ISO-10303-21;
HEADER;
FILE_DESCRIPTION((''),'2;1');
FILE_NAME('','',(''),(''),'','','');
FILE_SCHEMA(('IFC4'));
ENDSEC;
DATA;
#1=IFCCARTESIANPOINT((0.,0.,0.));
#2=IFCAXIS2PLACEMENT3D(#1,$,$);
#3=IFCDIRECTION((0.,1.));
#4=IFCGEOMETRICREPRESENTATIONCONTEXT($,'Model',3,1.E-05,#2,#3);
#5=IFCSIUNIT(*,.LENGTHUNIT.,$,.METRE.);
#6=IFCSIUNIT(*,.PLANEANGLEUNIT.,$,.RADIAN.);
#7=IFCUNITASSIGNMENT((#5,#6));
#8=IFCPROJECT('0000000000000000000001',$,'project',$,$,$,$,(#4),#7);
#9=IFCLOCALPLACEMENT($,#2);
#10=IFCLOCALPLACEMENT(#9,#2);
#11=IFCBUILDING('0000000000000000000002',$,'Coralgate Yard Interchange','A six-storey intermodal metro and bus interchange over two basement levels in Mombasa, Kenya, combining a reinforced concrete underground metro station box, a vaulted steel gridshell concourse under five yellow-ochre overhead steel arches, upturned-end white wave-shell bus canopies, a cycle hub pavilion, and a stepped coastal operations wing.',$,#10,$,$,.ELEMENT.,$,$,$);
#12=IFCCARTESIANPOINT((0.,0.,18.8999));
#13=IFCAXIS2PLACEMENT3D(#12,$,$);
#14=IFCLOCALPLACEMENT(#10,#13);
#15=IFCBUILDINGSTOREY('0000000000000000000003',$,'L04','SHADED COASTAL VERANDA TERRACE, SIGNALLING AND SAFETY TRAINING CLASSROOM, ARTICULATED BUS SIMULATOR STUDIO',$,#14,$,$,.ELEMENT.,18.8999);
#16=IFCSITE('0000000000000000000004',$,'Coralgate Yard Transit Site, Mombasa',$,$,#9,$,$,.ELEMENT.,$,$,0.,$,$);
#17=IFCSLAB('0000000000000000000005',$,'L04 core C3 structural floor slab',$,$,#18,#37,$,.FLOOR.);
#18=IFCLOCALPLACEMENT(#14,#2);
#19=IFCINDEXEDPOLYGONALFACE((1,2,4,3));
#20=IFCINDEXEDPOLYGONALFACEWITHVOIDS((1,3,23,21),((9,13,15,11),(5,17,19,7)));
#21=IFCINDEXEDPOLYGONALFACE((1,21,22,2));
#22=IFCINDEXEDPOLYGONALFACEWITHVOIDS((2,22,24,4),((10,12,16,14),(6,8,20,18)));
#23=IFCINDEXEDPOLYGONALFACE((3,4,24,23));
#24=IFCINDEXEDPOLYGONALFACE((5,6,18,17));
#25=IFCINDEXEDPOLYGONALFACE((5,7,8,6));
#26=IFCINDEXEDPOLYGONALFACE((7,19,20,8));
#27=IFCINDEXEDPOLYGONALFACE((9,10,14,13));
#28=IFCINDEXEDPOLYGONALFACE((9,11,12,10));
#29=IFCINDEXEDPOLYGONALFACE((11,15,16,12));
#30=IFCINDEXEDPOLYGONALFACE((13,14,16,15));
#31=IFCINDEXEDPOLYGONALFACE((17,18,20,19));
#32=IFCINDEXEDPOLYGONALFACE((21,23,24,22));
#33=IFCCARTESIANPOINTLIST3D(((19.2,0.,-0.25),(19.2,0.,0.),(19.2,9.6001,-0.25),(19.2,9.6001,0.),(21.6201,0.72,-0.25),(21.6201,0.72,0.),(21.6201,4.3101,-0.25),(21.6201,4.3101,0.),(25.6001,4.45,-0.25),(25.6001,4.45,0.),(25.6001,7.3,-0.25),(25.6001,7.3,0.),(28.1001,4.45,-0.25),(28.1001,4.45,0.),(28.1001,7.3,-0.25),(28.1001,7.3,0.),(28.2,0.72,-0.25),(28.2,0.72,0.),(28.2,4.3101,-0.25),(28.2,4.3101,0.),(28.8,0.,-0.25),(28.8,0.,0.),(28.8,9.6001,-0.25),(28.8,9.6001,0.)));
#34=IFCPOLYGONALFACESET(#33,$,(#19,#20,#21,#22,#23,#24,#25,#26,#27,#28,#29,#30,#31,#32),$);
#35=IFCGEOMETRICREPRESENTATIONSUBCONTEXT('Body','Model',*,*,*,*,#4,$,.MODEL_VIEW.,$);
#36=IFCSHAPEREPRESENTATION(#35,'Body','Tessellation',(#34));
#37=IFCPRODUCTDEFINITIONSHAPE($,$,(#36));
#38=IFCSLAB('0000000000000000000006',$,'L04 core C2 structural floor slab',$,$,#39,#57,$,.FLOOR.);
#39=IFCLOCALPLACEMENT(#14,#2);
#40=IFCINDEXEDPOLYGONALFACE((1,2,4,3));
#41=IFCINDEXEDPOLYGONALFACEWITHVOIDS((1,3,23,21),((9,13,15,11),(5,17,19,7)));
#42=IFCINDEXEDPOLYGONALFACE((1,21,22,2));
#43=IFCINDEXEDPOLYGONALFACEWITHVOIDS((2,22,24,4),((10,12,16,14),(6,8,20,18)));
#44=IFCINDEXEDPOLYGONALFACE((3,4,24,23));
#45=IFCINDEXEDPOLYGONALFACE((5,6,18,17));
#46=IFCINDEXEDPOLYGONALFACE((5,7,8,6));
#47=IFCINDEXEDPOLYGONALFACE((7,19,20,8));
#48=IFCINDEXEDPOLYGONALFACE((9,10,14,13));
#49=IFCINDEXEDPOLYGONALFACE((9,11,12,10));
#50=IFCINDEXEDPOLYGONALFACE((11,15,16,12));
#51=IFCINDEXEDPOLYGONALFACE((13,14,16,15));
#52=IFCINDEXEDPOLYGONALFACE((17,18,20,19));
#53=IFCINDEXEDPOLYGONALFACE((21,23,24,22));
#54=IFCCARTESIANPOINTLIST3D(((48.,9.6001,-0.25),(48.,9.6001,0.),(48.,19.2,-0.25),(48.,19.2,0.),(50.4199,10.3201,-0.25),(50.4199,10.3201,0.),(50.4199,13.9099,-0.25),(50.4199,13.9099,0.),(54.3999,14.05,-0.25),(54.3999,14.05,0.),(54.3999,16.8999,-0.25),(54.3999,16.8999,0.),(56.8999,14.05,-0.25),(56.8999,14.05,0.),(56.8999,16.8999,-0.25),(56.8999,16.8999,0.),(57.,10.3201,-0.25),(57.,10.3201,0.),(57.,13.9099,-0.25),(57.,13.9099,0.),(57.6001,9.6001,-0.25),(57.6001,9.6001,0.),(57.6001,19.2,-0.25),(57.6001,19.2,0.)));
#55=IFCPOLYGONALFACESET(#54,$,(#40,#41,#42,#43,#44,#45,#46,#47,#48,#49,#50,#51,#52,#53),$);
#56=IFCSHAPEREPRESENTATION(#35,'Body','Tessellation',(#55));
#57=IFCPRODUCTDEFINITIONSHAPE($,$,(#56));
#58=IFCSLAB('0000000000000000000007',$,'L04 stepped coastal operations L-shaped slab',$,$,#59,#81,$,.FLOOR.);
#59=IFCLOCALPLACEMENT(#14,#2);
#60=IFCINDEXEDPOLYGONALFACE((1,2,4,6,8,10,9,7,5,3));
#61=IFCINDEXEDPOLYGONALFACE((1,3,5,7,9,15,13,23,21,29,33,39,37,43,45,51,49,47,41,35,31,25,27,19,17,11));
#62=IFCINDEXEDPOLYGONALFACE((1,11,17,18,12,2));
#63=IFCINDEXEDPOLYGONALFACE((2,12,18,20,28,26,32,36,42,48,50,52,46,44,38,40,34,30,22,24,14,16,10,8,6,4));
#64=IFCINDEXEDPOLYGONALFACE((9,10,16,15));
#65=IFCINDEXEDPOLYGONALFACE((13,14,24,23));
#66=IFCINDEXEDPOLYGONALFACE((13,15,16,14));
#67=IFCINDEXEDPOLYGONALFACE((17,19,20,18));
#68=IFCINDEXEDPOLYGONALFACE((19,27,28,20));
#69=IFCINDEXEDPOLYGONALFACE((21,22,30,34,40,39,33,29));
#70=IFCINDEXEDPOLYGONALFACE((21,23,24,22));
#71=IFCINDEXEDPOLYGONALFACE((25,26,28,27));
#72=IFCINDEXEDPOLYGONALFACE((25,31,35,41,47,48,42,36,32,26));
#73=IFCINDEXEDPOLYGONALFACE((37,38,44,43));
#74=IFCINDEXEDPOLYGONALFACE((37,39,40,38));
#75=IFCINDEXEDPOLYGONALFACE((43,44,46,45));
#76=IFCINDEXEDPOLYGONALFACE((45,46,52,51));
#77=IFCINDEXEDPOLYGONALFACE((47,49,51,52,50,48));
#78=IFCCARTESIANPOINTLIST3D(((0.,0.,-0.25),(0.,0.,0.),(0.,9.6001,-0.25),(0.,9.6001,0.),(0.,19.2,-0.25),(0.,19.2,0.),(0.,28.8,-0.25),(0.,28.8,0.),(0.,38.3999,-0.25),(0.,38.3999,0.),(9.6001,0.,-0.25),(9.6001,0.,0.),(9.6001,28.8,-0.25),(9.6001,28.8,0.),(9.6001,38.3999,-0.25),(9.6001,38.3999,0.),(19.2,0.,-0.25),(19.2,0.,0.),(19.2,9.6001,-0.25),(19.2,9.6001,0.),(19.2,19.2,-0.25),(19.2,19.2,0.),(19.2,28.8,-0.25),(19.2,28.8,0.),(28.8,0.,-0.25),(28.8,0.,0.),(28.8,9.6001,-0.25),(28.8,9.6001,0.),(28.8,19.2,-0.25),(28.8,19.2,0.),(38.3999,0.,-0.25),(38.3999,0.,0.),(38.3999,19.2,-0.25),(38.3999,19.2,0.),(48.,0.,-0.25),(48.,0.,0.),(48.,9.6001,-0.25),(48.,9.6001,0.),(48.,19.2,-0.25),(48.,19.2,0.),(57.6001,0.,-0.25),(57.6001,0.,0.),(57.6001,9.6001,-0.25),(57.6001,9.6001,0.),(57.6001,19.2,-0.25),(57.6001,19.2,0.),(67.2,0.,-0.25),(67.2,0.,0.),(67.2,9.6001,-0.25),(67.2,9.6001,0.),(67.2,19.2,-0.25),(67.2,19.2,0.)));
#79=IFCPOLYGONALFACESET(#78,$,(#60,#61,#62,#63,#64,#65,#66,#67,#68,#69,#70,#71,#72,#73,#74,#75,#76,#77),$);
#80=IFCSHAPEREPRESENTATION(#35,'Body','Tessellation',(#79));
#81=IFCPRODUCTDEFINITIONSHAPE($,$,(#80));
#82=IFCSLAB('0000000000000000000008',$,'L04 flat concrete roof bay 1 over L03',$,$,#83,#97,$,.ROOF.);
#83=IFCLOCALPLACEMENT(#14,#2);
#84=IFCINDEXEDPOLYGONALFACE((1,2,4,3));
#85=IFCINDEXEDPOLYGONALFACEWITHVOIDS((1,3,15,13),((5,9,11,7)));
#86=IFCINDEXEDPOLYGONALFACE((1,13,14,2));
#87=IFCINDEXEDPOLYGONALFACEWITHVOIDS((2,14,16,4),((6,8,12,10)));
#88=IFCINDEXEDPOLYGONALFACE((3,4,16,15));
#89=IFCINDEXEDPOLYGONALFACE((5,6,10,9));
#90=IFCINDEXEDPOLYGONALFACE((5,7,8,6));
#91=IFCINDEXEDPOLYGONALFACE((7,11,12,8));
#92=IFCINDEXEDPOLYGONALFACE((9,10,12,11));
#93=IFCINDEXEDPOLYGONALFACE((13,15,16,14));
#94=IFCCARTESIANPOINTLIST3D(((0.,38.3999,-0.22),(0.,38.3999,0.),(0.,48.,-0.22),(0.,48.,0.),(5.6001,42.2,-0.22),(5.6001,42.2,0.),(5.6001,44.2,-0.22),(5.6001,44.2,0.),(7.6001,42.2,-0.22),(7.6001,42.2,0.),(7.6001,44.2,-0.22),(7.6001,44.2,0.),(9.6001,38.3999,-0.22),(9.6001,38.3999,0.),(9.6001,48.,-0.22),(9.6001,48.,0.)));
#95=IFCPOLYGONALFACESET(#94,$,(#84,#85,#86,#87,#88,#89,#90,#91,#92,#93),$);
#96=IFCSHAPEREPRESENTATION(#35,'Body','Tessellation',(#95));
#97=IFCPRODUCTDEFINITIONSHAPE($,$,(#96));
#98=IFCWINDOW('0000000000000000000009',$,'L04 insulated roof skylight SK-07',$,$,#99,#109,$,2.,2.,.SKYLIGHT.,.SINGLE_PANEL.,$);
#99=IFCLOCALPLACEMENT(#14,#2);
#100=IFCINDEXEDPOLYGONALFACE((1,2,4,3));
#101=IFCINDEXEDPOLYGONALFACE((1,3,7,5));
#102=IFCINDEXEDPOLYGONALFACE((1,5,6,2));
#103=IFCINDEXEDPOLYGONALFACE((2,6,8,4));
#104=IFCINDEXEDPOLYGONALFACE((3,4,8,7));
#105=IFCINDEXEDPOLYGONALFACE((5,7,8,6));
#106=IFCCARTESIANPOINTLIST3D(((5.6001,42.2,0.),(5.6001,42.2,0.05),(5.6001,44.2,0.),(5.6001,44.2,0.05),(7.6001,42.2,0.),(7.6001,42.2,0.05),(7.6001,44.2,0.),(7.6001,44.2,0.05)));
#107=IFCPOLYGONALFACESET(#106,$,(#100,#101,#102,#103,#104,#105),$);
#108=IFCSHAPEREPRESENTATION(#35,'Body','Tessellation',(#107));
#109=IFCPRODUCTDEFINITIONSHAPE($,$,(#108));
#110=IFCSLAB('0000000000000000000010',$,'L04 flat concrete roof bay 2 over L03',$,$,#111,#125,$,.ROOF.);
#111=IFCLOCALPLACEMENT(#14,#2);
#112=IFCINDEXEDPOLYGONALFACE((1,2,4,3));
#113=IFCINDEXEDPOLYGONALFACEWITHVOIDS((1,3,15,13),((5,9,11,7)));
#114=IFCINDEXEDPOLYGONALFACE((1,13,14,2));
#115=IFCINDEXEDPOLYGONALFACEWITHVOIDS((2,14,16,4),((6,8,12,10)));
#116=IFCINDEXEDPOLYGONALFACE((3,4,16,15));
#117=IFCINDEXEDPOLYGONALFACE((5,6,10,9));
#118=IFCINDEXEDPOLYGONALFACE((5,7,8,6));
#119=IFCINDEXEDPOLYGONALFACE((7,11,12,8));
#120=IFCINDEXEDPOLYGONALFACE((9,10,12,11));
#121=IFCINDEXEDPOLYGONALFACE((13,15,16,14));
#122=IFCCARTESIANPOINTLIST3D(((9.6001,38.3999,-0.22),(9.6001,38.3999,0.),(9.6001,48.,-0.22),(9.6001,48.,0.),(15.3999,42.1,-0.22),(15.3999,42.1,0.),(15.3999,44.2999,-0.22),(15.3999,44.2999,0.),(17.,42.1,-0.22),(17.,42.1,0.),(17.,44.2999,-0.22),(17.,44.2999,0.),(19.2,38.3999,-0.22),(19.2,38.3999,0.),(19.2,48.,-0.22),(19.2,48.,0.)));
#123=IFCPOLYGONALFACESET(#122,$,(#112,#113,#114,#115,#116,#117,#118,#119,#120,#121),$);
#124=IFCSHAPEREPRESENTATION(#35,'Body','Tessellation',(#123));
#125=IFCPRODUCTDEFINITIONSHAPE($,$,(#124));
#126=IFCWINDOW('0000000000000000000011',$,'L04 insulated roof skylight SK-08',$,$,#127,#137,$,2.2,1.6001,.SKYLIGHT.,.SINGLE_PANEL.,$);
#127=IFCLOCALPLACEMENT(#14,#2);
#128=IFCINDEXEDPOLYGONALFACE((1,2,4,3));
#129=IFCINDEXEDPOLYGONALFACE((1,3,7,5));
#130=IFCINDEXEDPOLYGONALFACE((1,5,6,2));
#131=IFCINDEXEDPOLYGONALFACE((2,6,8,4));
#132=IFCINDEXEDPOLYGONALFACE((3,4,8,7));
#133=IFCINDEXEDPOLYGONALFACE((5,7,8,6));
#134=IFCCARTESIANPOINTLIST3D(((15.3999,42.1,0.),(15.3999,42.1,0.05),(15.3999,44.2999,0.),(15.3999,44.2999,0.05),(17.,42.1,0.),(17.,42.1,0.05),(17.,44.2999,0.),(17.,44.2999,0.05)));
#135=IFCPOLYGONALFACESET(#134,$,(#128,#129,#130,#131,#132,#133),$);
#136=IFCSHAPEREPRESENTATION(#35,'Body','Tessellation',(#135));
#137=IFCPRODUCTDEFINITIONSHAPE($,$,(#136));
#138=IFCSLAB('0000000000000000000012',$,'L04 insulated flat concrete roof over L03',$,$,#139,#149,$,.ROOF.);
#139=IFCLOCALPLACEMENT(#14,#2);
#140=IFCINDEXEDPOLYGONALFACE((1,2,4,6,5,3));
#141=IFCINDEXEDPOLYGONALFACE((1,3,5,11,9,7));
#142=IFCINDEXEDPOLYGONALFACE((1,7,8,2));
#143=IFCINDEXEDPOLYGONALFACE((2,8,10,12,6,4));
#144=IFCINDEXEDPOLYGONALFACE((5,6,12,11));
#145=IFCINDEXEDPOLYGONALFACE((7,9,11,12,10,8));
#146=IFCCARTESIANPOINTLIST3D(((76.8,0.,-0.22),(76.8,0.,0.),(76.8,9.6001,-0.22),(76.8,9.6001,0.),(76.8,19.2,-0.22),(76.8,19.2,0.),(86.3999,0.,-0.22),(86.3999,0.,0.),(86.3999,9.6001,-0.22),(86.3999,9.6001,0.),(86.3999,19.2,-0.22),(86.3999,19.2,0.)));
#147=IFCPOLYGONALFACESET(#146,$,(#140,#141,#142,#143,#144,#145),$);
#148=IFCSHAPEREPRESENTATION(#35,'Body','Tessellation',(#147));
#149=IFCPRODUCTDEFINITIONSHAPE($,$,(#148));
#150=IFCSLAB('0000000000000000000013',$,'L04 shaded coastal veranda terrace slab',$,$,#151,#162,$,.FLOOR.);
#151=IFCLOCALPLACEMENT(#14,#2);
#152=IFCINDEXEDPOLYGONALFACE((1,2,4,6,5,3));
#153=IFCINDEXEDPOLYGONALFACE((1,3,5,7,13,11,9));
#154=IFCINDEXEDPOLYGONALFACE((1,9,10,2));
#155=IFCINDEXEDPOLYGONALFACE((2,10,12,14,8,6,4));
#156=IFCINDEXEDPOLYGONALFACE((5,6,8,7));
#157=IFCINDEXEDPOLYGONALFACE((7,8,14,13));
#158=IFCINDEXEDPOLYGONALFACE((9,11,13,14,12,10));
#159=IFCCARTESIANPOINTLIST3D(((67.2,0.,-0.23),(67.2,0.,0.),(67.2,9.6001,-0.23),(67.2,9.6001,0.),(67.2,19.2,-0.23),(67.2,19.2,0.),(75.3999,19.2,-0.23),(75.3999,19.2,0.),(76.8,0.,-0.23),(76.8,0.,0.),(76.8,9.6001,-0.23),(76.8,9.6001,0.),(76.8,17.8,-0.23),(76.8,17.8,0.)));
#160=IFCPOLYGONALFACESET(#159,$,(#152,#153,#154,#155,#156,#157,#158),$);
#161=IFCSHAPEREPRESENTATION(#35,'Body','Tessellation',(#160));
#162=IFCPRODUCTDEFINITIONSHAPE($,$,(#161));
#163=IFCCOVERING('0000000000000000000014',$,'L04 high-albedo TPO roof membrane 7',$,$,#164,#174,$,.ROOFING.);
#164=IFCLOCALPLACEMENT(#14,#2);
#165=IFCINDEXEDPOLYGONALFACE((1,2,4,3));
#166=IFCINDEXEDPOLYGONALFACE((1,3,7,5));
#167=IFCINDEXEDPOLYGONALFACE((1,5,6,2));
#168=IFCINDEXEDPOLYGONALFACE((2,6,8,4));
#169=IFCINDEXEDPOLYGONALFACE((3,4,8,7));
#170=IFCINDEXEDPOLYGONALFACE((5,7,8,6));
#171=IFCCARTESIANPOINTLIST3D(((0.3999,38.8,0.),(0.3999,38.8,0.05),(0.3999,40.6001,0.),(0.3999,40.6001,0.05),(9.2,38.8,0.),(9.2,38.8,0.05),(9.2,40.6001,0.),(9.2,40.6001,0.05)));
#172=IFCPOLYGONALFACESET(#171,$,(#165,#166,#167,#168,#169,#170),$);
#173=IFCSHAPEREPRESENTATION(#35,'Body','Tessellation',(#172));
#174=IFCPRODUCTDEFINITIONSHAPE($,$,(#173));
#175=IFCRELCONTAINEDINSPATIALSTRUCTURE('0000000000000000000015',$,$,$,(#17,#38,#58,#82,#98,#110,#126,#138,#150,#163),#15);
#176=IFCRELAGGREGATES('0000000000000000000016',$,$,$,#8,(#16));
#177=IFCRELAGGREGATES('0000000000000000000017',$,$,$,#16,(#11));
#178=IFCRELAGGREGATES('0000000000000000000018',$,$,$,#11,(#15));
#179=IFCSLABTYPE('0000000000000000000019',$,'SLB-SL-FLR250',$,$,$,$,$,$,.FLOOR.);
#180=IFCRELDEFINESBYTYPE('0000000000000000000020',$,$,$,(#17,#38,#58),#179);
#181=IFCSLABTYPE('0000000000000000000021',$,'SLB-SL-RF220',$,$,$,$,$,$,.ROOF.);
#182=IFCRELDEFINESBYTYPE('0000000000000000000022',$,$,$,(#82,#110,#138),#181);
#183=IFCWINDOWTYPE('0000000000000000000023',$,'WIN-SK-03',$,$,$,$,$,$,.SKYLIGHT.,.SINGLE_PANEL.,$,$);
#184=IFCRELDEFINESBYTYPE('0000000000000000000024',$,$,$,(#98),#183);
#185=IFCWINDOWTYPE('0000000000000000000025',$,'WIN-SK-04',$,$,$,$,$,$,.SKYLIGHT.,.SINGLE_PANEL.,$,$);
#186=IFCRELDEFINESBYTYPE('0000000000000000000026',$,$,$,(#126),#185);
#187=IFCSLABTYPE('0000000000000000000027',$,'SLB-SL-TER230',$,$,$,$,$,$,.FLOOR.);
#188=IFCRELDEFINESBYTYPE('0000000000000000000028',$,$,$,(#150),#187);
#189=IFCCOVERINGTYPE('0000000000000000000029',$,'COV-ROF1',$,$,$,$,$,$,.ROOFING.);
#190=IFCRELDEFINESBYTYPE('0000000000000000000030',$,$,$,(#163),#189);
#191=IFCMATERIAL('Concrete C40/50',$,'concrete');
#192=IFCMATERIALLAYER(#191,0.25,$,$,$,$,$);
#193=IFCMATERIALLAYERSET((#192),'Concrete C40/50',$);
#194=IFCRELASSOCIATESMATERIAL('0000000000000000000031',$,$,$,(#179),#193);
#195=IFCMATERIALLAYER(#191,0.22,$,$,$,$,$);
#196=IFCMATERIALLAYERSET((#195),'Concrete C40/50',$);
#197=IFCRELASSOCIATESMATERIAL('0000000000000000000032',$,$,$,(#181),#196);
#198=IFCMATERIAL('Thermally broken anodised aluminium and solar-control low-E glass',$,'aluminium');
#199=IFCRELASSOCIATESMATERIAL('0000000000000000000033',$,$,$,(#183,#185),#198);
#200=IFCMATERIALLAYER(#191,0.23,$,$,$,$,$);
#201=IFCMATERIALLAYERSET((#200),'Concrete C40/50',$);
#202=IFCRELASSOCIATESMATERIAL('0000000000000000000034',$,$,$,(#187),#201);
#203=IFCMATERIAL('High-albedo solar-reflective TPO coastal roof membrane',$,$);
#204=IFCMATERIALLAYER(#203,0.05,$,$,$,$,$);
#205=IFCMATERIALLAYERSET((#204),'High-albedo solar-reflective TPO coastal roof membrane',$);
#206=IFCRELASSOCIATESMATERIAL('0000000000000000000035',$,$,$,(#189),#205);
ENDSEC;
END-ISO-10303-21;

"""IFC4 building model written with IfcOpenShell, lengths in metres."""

from ifc_helpers import new_model, si_unit, direction, frame, origin, origin_2d, place, context, subcontext, project, spatial, polyline, rectangle, outline, extrude, material, layer, layer_set, type_object, element, fill, save


model = new_model("IFC4")

# Units and contexts
model_context = context("Model", 3, precision=1e-05, world=origin(), true_north=direction((0.0, 1.0)))
body_context = subcontext(model_context, "Body", "Model", "MODEL_VIEW")
ifc_project = project(units=[si_unit("LENGTHUNIT", "METRE"), si_unit("PLANEANGLEUNIT", "RADIAN")], contexts=[model_context])

# Site, building, storey
site_placement = place(None, origin())
site = spatial("IfcSite", under=ifc_project, at=site_placement, Name="Coralgate Yard Transit Site, Mombasa", CompositionType="ELEMENT", RefElevation=0.0)
building_placement = place(site_placement, origin())
building = spatial("IfcBuilding", under=site, at=building_placement, Name="Coralgate Yard Interchange", Description="A six-storey intermodal metro and bus interchange over two basement levels in Mombasa, Kenya, combining a reinforced concrete underground metro station box, a vaulted steel gridshell concourse under five yellow-ochre overhead steel arches, upturned-end white wave-shell bus canopies, a cycle hub pavilion, and a stepped coastal operations wing.", CompositionType="ELEMENT")
storey_placement = place(building_placement, frame((0.0, 0.0, 18.8999)))
storey = spatial("IfcBuildingStorey", under=building, at=storey_placement, Name="L04", Description="SHADED COASTAL VERANDA TERRACE, SIGNALLING AND SAFETY TRAINING CLASSROOM, ARTICULATED BUS SIMULATOR STUDIO", CompositionType="ELEMENT", Elevation=18.8999)

# Shared definitions
ifc_material_1 = material(Name="Concrete C40/50", Category="concrete")

# Slabs
ifc_layer_1 = layer(ifc_material_1, 0.25)
ifc_layer_set_1 = layer_set([ifc_layer_1], Name="Concrete C40/50")
slab_type_1 = type_object("IfcSlabType", Name="SLB-SL-FLR250", PredefinedType="FLOOR", material=ifc_layer_set_1)
slab_1_placement = place(storey_placement, frame((0.0, 0.0, -0.25)))
element("IfcSlab", 1, at=slab_1_placement, inside=storey, type_object=slab_type_1, Name="L04 core C3 structural floor slab", PredefinedType="FLOOR", context=body_context, shape_type="SweptSolid", body=[
    extrude(outline(polyline([(28.8, 9.6001), (28.8, 0.0), (19.2, 0.0), (19.2, 9.6001), (28.8, 9.6001)]), holes=[polyline([(28.2, 4.3101), (21.6201, 4.3101), (21.6201, 0.72), (28.2, 0.72), (28.2, 4.3101)]), polyline([(28.1001, 4.45), (28.1001, 7.3), (25.6001, 7.3), (25.6001, 4.45), (28.1001, 4.45)])]), origin(), (0.0, 0.0, 1.0), 0.25),
])
slab_2_placement = place(storey_placement, frame((0.0, 0.0, -0.25)))
element("IfcSlab", 2, at=slab_2_placement, inside=storey, type_object=slab_type_1, Name="L04 core C2 structural floor slab", PredefinedType="FLOOR", context=body_context, shape_type="SweptSolid", body=[
    extrude(outline(polyline([(57.6001, 19.2), (57.6001, 9.6001), (48.0, 9.6001), (48.0, 19.2), (57.6001, 19.2)]), holes=[polyline([(57.0, 13.9099), (50.4199, 13.9099), (50.4199, 10.3201), (57.0, 10.3201), (57.0, 13.9099)]), polyline([(56.8999, 14.05), (56.8999, 16.8999), (54.3999, 16.8999), (54.3999, 14.05), (56.8999, 14.05)])]), origin(), (0.0, 0.0, 1.0), 0.25),
])
slab_3_placement = place(storey_placement, frame((0.0, 0.0, -0.25)))
element("IfcSlab", 3, at=slab_3_placement, inside=storey, type_object=slab_type_1, Name="L04 stepped coastal operations L-shaped slab", PredefinedType="FLOOR", context=body_context, shape_type="SweptSolid", body=[
    extrude(outline(polyline([(0.0, 19.2), (0.0, 28.8), (0.0, 38.3999), (9.6001, 38.3999), (9.6001, 28.8), (19.2, 28.8), (19.2, 19.2), (28.8, 19.2), (38.3999, 19.2), (48.0, 19.2), (48.0, 9.6001), (57.6001, 9.6001), (57.6001, 19.2), (67.2, 19.2), (67.2, 9.6001), (67.2, 0.0), (57.6001, 0.0), (48.0, 0.0), (38.3999, 0.0), (28.8, 0.0), (28.8, 9.6001), (19.2, 9.6001), (19.2, 0.0), (9.6001, 0.0), (0.0, 0.0), (0.0, 9.6001), (0.0, 19.2)])), origin(), (0.0, 0.0, 1.0), 0.25),
])

# Slabs, openings, windows
ifc_layer_2 = layer(ifc_material_1, 0.22)
ifc_layer_set_2 = layer_set([ifc_layer_2], Name="Concrete C40/50")
slab_type_2 = type_object("IfcSlabType", Name="SLB-SL-RF220", PredefinedType="ROOF", material=ifc_layer_set_2)
slab_4_placement = place(storey_placement, frame((0.0, 0.0, -0.22)))
slab_4 = element("IfcSlab", 4, at=slab_4_placement, inside=storey, type_object=slab_type_2, Name="L04 flat concrete roof bay 1 over L03", PredefinedType="ROOF", context=body_context, shape_type="SweptSolid", body=[
    extrude(outline(polyline([(0.0, 38.3999), (9.6001, 38.3999), (9.6001, 48.0), (0.0, 48.0), (0.0, 38.3999)])), origin(), (0.0, 0.0, 1.0), 0.22),
])
opening_1_placement = place(slab_4_placement, frame((6.6001, 43.2, -0.01)))
opening_1 = element("IfcOpeningElement", 5, at=opening_1_placement, cuts=slab_4, PredefinedType="OPENING", context=body_context, shape_type="SweptSolid", body=[
    extrude(rectangle(XDim=2.0, YDim=2.0, at=origin_2d()), origin(), (0.0, 0.0, 1.0), 0.29),
])
ifc_material_2 = material(Name="Thermally broken anodised aluminium and solar-control low-E glass", Category="aluminium")
window_type_1 = type_object("IfcWindowType", Name="WIN-SK-03", PartitioningType="SINGLE_PANEL", PredefinedType="SKYLIGHT", material=ifc_material_2)
window_1_placement = place(opening_1_placement, frame((0.0, 0.0, 0.23)))
window_1 = element("IfcWindow", 6, at=window_1_placement, inside=storey, type_object=window_type_1, Name="L04 insulated roof skylight SK-07", OverallHeight=2.0, OverallWidth=2.0, PartitioningType="SINGLE_PANEL", PredefinedType="SKYLIGHT", context=body_context, shape_type="SweptSolid", body=[
    extrude(rectangle(XDim=2.0, YDim=2.0, at=origin_2d()), origin(), (0.0, 0.0, 1.0), 0.05),
])
fill(opening_1, window_1)
slab_5_placement = place(storey_placement, frame((0.0, 0.0, -0.22)))
slab_5 = element("IfcSlab", 7, at=slab_5_placement, inside=storey, type_object=slab_type_2, Name="L04 flat concrete roof bay 2 over L03", PredefinedType="ROOF", context=body_context, shape_type="SweptSolid", body=[
    extrude(outline(polyline([(9.6001, 38.3999), (19.2, 38.3999), (19.2, 48.0), (9.6001, 48.0), (9.6001, 38.3999)])), origin(), (0.0, 0.0, 1.0), 0.22),
])
opening_2_placement = place(slab_5_placement, frame((16.2, 43.2, -0.01)))
opening_2 = element("IfcOpeningElement", 8, at=opening_2_placement, cuts=slab_5, PredefinedType="OPENING", context=body_context, shape_type="SweptSolid", body=[
    extrude(rectangle(XDim=1.6001, YDim=2.2, at=origin_2d()), origin(), (0.0, 0.0, 1.0), 0.29),
])
window_type_2 = type_object("IfcWindowType", Name="WIN-SK-04", PartitioningType="SINGLE_PANEL", PredefinedType="SKYLIGHT", material=ifc_material_2)
window_2_placement = place(opening_2_placement, frame((0.0, 0.0, 0.23)))
window_2 = element("IfcWindow", 9, at=window_2_placement, inside=storey, type_object=window_type_2, Name="L04 insulated roof skylight SK-08", OverallHeight=2.2, OverallWidth=1.6001, PartitioningType="SINGLE_PANEL", PredefinedType="SKYLIGHT", context=body_context, shape_type="SweptSolid", body=[
    extrude(rectangle(XDim=1.6001, YDim=2.2, at=origin_2d()), origin(), (0.0, 0.0, 1.0), 0.05),
])
fill(opening_2, window_2)

# Slabs
slab_6_placement = place(storey_placement, frame((0.0, 0.0, -0.22)))
element("IfcSlab", 10, at=slab_6_placement, inside=storey, type_object=slab_type_2, Name="L04 insulated flat concrete roof over L03", PredefinedType="ROOF", context=body_context, shape_type="SweptSolid", body=[
    extrude(outline(polyline([(86.3999, 0.0), (76.8, 0.0), (76.8, 9.6001), (76.8, 19.2), (86.3999, 19.2), (86.3999, 9.6001), (86.3999, 0.0)])), origin(), (0.0, 0.0, 1.0), 0.22),
])
ifc_layer_3 = layer(ifc_material_1, 0.23)
ifc_layer_set_3 = layer_set([ifc_layer_3], Name="Concrete C40/50")
slab_type_3 = type_object("IfcSlabType", Name="SLB-SL-TER230", PredefinedType="FLOOR", material=ifc_layer_set_3)
slab_7_placement = place(storey_placement, frame((0.0, 0.0, -0.23)))
element("IfcSlab", 11, at=slab_7_placement, inside=storey, type_object=slab_type_3, Name="L04 shaded coastal veranda terrace slab", PredefinedType="FLOOR", context=body_context, shape_type="SweptSolid", body=[
    extrude(outline(polyline([(67.2, 0.0), (67.2, 9.6001), (67.2, 19.2), (75.3999, 19.2), (76.8, 17.8), (76.8, 9.6001), (76.8, 0.0), (67.2, 0.0)])), origin(), (0.0, 0.0, 1.0), 0.23),
])

# Covering
ifc_material_3 = material(Name="High-albedo solar-reflective TPO coastal roof membrane")
ifc_layer_4 = layer(ifc_material_3, 0.05)
ifc_layer_set_4 = layer_set([ifc_layer_4], Name="High-albedo solar-reflective TPO coastal roof membrane")
covering_type = type_object("IfcCoveringType", Name="COV-ROF1", PredefinedType="ROOFING", material=ifc_layer_set_4)
covering_1_placement = place(storey_placement, origin())
element("IfcCovering", 12, at=covering_1_placement, inside=storey, type_object=covering_type, Name="L04 high-albedo TPO roof membrane 7", PredefinedType="ROOFING", context=body_context, shape_type="SweptSolid", body=[
    extrude(outline(polyline([(0.3999, 38.8), (9.2, 38.8), (9.2, 40.6001), (0.3999, 40.6001), (0.3999, 38.8)])), origin(), (0.0, 0.0, 1.0), 0.05),
])

save(model, "model.ifc")
